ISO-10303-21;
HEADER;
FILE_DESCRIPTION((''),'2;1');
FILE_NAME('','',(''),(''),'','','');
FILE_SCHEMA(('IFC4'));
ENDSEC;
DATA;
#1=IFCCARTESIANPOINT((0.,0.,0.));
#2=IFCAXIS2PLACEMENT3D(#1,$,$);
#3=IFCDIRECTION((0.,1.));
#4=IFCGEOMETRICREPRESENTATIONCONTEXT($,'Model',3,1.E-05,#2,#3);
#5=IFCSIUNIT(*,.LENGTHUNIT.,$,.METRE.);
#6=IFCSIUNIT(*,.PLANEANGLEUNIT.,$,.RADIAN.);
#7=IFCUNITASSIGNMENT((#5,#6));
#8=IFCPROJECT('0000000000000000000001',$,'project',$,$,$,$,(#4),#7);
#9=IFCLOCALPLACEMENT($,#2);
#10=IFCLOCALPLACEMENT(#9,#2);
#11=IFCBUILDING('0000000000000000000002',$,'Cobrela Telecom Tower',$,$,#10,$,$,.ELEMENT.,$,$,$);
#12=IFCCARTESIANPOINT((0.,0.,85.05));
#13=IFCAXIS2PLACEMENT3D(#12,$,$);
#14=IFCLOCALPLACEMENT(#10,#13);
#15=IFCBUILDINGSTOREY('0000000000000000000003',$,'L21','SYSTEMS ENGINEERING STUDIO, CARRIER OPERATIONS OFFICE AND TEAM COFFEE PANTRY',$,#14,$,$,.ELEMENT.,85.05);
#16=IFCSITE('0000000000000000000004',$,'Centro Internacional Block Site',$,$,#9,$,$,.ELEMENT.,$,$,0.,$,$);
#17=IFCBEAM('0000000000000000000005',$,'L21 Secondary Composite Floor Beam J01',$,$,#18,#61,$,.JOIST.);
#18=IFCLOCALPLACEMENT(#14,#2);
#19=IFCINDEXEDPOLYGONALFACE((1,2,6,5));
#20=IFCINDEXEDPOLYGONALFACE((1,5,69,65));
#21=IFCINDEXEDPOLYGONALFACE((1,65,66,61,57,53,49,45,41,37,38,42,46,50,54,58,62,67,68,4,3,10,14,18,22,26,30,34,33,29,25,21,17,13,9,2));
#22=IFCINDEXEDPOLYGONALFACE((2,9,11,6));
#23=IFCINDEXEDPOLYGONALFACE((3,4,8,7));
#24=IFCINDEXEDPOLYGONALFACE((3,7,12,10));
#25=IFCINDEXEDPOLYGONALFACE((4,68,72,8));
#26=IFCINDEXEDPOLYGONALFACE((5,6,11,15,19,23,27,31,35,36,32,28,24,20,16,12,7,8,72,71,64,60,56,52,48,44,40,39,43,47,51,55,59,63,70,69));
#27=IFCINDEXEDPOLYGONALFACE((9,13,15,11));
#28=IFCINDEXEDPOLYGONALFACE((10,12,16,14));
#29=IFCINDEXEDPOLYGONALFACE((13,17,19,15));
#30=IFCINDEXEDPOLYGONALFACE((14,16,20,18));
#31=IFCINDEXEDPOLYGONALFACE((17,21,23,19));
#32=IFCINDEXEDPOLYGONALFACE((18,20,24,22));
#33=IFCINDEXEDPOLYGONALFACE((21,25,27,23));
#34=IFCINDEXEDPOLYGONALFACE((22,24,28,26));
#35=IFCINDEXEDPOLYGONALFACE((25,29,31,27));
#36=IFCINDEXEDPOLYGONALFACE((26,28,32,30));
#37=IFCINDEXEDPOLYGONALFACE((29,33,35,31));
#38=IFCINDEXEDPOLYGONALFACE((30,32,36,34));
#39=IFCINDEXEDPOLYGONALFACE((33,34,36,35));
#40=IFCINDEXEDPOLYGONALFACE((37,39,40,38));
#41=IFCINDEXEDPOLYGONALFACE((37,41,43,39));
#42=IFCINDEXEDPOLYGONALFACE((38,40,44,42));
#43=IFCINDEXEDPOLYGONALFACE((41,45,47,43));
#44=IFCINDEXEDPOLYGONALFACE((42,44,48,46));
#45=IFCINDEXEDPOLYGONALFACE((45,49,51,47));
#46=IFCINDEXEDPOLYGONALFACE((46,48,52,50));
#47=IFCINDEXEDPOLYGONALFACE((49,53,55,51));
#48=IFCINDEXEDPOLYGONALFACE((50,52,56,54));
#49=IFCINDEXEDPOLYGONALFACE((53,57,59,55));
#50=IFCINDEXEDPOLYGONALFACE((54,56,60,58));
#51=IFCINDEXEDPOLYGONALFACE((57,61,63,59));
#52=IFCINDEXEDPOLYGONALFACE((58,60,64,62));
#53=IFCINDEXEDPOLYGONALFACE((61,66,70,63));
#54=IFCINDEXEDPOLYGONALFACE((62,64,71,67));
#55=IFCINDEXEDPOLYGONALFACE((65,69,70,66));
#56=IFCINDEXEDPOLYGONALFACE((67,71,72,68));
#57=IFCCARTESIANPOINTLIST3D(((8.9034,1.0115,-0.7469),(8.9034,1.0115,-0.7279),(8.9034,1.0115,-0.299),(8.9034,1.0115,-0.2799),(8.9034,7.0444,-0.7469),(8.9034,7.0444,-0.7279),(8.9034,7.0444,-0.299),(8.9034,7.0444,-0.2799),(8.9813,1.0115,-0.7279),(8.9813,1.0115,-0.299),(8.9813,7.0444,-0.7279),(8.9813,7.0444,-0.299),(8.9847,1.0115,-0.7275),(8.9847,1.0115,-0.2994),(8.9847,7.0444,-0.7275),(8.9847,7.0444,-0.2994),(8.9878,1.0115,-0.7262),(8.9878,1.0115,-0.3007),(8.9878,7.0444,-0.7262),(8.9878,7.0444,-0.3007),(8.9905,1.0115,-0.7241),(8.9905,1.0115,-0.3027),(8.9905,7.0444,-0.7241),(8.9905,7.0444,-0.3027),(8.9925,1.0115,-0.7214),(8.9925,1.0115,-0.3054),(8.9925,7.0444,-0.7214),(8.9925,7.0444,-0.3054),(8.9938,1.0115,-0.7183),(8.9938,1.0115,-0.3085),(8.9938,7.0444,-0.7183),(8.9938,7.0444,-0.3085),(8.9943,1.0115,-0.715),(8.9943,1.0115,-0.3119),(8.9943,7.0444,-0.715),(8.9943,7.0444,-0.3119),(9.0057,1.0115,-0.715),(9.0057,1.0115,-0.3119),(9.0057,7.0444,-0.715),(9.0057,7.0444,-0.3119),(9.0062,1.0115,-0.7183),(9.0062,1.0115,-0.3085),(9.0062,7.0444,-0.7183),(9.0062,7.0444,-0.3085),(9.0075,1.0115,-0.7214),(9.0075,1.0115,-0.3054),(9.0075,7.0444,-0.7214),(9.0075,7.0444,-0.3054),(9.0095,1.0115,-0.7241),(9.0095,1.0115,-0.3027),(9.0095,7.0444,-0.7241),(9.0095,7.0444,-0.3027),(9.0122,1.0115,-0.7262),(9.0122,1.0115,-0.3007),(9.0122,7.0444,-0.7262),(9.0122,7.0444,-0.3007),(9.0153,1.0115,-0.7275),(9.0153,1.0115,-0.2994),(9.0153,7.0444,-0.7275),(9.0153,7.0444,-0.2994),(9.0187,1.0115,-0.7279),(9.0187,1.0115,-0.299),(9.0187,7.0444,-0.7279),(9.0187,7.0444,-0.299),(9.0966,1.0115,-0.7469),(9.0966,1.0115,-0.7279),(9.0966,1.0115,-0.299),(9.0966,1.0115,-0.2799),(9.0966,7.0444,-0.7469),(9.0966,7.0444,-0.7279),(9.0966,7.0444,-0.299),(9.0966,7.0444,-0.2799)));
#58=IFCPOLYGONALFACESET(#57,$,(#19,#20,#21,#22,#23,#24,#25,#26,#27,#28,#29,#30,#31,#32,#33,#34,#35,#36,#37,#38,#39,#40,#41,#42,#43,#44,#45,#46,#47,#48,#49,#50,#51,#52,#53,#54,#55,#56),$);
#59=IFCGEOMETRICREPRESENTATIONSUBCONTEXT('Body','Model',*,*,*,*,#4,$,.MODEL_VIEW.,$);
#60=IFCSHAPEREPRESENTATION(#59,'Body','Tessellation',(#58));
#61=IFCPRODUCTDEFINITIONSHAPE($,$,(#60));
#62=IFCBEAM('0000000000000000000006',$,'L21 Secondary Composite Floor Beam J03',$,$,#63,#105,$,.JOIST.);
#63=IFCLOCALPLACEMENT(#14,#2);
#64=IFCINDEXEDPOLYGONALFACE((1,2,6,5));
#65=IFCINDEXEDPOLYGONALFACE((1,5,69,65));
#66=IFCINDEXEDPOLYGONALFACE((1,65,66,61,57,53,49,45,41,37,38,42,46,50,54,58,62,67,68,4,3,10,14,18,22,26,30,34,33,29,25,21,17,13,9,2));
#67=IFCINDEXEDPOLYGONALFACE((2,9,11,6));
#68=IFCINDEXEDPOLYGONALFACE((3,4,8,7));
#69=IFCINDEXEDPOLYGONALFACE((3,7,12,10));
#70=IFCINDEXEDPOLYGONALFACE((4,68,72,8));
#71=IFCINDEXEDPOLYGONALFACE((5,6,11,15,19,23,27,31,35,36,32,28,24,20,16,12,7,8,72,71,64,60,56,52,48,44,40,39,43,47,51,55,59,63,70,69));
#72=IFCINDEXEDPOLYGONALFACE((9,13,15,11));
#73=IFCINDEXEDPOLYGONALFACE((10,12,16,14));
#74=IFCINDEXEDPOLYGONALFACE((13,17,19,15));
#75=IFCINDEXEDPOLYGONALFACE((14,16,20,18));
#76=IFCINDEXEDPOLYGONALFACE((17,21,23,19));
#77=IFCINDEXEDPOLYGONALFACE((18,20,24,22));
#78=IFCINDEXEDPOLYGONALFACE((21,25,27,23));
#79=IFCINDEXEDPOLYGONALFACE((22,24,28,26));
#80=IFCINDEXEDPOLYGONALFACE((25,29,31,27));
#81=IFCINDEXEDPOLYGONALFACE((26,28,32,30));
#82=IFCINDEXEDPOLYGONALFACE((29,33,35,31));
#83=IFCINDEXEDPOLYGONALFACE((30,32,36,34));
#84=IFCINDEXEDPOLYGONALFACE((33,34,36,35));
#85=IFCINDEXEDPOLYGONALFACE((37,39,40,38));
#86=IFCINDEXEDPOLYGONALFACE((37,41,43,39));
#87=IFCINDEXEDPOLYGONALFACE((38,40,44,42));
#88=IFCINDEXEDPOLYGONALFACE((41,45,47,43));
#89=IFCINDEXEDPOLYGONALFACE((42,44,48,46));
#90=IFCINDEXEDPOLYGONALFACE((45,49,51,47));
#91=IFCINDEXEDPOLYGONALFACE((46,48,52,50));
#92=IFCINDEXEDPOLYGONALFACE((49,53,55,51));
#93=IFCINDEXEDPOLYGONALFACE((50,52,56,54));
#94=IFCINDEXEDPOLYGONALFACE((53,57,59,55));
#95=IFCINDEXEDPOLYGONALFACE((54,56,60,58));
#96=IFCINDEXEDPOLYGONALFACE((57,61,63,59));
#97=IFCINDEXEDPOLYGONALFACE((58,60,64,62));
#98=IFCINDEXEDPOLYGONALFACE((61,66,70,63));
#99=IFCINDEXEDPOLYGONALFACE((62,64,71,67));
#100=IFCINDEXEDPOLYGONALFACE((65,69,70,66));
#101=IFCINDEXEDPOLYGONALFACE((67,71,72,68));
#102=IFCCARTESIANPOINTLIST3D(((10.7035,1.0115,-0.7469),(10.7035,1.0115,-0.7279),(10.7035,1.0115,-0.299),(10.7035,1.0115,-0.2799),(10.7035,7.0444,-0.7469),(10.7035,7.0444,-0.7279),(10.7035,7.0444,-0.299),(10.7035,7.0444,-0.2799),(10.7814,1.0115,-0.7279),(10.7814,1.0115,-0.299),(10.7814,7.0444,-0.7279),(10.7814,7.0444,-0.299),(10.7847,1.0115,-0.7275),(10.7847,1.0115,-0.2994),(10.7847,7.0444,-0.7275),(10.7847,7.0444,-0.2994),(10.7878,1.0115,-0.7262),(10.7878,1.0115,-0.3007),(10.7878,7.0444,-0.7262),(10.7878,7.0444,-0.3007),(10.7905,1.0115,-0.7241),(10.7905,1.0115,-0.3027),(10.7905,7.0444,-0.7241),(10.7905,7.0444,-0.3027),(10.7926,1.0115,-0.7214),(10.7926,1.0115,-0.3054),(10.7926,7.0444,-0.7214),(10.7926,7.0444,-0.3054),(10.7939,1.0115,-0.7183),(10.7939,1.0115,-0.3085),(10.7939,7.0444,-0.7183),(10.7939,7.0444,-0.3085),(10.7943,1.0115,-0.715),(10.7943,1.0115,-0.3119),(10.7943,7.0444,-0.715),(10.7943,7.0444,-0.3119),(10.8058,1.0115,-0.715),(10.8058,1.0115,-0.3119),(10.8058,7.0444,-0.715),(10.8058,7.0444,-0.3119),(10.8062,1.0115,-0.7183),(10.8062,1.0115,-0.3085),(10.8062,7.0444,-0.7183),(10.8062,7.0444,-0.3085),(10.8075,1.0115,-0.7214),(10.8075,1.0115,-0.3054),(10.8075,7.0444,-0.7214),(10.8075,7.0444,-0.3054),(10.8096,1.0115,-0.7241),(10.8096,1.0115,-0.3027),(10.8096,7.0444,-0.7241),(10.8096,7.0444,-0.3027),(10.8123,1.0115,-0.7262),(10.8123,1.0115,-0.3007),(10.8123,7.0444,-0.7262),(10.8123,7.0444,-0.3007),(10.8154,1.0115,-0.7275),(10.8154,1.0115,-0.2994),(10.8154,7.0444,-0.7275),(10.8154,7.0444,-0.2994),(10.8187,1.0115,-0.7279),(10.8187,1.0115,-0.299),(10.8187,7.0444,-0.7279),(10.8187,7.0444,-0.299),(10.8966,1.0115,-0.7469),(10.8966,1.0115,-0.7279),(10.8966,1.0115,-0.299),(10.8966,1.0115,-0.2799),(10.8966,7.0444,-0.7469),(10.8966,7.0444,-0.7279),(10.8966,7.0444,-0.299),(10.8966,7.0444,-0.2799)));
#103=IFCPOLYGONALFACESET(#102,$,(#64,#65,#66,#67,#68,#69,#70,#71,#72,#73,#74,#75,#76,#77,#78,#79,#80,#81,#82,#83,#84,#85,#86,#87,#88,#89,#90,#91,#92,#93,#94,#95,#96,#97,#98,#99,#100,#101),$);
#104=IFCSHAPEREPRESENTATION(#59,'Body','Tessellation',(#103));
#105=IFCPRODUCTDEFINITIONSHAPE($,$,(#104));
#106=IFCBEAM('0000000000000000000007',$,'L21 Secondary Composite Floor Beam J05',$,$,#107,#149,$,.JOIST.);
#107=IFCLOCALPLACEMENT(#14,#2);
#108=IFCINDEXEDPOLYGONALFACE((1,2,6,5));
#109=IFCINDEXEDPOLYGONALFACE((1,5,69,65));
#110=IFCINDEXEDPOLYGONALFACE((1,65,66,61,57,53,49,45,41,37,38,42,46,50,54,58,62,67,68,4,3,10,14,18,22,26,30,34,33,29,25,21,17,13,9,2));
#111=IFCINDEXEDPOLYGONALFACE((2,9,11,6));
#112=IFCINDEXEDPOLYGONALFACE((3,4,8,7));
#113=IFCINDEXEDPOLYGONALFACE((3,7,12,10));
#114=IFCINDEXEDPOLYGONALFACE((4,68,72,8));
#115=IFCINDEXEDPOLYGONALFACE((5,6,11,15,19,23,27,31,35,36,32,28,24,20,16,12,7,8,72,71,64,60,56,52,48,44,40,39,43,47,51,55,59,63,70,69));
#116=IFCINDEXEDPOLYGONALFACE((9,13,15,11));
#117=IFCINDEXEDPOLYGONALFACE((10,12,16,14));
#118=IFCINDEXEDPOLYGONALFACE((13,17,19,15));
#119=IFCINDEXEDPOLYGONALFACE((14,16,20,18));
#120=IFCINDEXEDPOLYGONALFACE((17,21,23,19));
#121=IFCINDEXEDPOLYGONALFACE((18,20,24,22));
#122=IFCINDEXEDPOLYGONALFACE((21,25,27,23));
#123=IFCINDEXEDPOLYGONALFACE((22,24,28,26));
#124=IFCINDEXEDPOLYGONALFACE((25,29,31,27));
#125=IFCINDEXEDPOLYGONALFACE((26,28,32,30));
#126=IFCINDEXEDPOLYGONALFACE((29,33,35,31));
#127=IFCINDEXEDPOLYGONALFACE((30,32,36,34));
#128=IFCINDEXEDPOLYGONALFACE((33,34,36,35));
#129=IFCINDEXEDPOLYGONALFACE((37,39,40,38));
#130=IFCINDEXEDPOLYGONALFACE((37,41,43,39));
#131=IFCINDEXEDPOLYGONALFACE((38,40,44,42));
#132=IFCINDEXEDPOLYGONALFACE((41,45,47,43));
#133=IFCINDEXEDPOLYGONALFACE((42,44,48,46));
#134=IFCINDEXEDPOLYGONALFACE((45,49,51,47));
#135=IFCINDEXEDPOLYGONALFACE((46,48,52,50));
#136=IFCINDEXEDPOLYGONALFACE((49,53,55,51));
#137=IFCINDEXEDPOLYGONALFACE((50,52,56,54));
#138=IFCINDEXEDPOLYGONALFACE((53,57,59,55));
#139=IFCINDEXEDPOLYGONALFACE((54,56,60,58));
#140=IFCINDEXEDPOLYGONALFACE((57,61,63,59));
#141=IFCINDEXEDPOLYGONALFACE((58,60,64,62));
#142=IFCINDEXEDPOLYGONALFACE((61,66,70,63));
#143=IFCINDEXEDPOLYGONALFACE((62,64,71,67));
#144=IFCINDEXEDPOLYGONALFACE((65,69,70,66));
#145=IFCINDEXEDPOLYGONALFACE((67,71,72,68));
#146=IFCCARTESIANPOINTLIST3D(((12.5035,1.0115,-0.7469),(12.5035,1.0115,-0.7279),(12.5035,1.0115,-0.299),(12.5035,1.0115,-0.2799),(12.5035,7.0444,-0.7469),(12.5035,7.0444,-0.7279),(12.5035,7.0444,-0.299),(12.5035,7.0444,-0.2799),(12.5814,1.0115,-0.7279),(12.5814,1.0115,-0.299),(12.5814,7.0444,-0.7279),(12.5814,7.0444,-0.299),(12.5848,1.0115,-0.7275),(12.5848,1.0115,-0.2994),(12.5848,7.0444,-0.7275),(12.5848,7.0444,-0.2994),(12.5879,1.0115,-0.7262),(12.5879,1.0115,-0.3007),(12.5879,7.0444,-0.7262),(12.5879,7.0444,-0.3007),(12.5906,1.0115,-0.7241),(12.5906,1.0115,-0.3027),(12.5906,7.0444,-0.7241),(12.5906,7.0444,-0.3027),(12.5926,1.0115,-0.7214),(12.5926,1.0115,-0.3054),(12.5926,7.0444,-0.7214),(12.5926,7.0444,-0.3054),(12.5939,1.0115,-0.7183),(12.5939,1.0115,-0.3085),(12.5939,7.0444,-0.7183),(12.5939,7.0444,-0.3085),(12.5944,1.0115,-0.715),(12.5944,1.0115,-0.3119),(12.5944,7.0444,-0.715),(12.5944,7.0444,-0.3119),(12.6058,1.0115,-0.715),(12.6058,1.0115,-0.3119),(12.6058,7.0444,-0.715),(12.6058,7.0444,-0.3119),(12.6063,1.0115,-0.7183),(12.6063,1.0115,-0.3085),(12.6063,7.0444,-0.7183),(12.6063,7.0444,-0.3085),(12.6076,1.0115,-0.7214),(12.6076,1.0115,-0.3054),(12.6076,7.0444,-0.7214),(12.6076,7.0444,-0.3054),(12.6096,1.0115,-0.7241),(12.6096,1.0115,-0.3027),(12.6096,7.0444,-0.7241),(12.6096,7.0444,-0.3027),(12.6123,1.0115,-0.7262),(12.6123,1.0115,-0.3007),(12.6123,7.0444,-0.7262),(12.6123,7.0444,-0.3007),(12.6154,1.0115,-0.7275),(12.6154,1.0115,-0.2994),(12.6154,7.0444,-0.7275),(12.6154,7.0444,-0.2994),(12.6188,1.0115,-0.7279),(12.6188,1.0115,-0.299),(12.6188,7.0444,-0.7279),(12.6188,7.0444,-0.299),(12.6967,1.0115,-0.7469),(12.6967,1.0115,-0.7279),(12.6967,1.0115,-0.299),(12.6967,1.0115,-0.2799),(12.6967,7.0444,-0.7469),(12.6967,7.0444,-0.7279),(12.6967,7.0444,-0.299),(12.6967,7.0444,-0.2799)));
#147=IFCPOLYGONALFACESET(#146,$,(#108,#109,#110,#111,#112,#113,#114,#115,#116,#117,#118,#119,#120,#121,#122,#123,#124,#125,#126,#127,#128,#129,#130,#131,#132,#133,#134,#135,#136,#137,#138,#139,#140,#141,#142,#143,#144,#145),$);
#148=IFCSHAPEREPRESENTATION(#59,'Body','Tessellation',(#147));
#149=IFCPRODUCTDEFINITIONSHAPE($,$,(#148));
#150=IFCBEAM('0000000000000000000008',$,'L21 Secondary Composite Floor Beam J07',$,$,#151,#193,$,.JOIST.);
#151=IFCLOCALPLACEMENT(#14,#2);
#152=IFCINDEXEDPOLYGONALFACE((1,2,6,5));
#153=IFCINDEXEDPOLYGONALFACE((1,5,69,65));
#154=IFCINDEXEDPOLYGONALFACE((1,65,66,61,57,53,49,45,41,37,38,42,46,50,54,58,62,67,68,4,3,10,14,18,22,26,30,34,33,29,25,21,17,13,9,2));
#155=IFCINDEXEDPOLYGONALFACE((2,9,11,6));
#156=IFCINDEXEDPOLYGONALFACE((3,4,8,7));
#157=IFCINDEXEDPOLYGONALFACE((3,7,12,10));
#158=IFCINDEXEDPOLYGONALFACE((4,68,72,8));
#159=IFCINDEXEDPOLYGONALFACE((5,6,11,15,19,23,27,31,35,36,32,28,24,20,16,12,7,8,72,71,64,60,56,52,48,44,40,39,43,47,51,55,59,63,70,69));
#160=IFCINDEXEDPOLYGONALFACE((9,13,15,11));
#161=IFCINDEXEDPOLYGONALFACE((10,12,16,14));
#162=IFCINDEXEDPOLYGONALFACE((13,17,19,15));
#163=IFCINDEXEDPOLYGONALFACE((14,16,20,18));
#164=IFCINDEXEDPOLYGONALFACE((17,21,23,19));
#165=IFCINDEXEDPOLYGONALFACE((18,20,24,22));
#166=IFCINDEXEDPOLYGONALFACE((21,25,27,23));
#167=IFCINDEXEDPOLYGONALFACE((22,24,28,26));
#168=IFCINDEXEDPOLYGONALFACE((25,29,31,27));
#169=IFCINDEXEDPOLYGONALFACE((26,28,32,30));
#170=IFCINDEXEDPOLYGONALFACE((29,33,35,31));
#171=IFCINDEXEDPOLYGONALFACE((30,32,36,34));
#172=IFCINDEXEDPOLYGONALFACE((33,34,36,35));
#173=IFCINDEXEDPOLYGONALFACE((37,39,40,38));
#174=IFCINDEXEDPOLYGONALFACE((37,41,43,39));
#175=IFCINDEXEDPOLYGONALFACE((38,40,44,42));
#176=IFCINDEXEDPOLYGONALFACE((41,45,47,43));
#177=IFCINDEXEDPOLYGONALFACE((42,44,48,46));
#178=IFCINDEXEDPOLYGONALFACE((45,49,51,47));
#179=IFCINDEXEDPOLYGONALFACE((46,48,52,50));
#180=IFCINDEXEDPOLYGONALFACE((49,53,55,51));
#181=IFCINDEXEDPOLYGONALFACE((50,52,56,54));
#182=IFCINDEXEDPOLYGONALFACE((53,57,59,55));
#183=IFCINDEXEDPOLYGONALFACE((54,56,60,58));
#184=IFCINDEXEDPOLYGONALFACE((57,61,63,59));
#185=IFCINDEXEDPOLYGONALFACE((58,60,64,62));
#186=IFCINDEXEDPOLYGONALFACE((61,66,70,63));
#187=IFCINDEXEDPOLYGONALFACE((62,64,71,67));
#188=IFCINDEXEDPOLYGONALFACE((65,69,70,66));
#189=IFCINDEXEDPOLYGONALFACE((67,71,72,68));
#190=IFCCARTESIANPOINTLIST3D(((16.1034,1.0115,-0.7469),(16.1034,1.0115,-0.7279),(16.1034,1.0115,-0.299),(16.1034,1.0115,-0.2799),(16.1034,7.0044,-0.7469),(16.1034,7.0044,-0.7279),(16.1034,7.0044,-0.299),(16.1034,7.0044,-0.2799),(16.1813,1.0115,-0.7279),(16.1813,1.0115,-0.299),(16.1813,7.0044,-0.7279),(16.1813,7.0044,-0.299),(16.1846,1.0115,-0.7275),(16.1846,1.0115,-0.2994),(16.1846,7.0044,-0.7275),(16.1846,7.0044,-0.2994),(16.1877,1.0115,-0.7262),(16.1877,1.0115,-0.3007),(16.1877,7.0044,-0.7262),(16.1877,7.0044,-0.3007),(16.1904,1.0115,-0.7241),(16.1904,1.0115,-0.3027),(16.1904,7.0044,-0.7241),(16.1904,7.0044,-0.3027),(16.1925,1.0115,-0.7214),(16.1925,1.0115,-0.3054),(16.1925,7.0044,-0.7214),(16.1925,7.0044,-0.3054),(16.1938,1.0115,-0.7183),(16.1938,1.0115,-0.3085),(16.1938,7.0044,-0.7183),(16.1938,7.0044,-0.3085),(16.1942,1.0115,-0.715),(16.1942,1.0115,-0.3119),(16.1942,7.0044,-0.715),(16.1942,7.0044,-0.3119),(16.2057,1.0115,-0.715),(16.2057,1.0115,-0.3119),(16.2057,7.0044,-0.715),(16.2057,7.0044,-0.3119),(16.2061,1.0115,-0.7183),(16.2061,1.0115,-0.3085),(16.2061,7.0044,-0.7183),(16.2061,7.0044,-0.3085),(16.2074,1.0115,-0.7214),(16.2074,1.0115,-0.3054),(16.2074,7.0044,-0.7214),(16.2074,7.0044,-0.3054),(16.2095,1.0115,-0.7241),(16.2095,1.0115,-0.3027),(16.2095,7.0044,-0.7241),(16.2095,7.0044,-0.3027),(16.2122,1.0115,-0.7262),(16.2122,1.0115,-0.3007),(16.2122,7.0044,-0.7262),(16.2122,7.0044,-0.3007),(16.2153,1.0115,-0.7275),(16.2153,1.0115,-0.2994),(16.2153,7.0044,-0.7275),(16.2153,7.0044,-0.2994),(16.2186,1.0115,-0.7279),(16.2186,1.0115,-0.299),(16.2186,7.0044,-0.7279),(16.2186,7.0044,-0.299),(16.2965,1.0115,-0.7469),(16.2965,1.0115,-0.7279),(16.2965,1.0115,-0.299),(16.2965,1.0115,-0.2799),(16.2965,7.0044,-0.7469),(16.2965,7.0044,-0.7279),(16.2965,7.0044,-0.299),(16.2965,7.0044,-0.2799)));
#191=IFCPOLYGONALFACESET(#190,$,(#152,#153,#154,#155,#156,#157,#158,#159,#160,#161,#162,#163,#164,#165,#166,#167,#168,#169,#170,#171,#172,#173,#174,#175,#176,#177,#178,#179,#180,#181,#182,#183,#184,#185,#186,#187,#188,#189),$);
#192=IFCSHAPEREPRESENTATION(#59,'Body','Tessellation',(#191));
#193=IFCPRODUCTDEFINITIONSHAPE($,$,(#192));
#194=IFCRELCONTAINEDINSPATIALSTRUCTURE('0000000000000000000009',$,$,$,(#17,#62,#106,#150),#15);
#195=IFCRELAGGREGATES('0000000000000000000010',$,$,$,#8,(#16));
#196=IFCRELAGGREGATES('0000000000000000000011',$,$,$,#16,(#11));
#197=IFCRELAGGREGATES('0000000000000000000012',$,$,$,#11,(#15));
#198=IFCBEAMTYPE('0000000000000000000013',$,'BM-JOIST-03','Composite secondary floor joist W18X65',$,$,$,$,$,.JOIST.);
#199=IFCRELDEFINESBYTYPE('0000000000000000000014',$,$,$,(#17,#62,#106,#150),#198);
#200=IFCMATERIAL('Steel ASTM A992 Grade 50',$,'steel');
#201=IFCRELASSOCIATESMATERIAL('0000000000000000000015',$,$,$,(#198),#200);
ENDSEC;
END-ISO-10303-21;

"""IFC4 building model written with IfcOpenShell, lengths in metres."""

from ifc_helpers import new_model, si_unit, direction, frame, origin, origin_2d, place, context, subcontext, project, spatial, i_section, extrude, material, material_profile, profile_set, type_object, element, save


model = new_model("IFC4")

# Units and contexts
model_context = context("Model", 3, precision=1e-05, world=origin(), true_north=direction((0.0, 1.0)))
body_context = subcontext(model_context, "Body", "Model", "MODEL_VIEW")
ifc_project = project(units=[si_unit("LENGTHUNIT", "METRE"), si_unit("PLANEANGLEUNIT", "RADIAN")], contexts=[model_context])

# Site, building, storey
site_placement = place(None, origin())
site = spatial("IfcSite", under=ifc_project, at=site_placement, Name="Centro Internacional Block Site", CompositionType="ELEMENT", RefElevation=0.0)
building_placement = place(site_placement, origin())
building = spatial("IfcBuilding", under=site, at=building_placement, Name="Cobrela Telecom Tower", CompositionType="ELEMENT")
storey_placement = place(building_placement, frame((0.0, 0.0, 85.05)))
storey = spatial("IfcBuildingStorey", under=building, at=storey_placement, Name="L21", Description="SYSTEMS ENGINEERING STUDIO, CARRIER OPERATIONS OFFICE AND TEAM COFFEE PANTRY", CompositionType="ELEMENT", Elevation=85.05)

# Beams
ifc_material_1 = material(Name="Steel ASTM A992 Grade 50", Category="steel")
ifc_material_profile_1 = material_profile(ifc_material_1, i_section(OverallWidth=0.1931, OverallDepth=0.467, WebThickness=0.0115, FlangeThickness=0.019, FilletRadius=0.0129, at=origin_2d()), Name="W18X65")
ifc_profile_set_1 = profile_set([ifc_material_profile_1], Name="Steel ASTM A992 Grade 50")
beam_type_1 = type_object("IfcBeamType", Name="BM-JOIST-03", Description="Composite secondary floor joist W18X65", PredefinedType="JOIST", material=ifc_profile_set_1)
for number, where, z_axis, x_axis, name in (
    (1, (9.0, 1.0115, -0.5134), (0.0, 1.0, 0.0), (-1.0, 0.0, 0.0), "L21 Secondary Composite Floor Beam J01"),
    (2, (10.8, 1.0115, -0.5134), (0.0, 1.0, 0.0), (-1.0, 0.0, 0.0), "L21 Secondary Composite Floor Beam J03"),
    (3, (12.6001, 1.0115, -0.5134), (0.0, 1.0, 0.0), (-1.0, 0.0, 0.0), "L21 Secondary Composite Floor Beam J05"),
):
    element("IfcBeam", number, at=place(storey_placement, frame(where, z_axis=z_axis, x_axis=x_axis)), inside=storey, type_object=beam_type_1, Name=name, PredefinedType="JOIST", context=body_context, shape_type="SweptSolid", body=[
        extrude(i_section(OverallWidth=0.1931, OverallDepth=0.467, WebThickness=0.0115, FlangeThickness=0.019, FilletRadius=0.0129, at=origin_2d()), origin(), (0.0, 0.0, 1.0), 6.033),
    ])
beam_1_placement = place(storey_placement, frame((16.2, 1.0115, -0.5134), z_axis=(0.0, 1.0, 0.0), x_axis=(-1.0, 0.0, 0.0)))
element("IfcBeam", 4, at=beam_1_placement, inside=storey, type_object=beam_type_1, Name="L21 Secondary Composite Floor Beam J07", PredefinedType="JOIST", context=body_context, shape_type="SweptSolid", body=[
    extrude(i_section(OverallWidth=0.1931, OverallDepth=0.467, WebThickness=0.0115, FlangeThickness=0.019, FilletRadius=0.0129, at=origin_2d()), origin(), (0.0, 0.0, 1.0), 5.9929),
])

save(model, "model.ifc")
